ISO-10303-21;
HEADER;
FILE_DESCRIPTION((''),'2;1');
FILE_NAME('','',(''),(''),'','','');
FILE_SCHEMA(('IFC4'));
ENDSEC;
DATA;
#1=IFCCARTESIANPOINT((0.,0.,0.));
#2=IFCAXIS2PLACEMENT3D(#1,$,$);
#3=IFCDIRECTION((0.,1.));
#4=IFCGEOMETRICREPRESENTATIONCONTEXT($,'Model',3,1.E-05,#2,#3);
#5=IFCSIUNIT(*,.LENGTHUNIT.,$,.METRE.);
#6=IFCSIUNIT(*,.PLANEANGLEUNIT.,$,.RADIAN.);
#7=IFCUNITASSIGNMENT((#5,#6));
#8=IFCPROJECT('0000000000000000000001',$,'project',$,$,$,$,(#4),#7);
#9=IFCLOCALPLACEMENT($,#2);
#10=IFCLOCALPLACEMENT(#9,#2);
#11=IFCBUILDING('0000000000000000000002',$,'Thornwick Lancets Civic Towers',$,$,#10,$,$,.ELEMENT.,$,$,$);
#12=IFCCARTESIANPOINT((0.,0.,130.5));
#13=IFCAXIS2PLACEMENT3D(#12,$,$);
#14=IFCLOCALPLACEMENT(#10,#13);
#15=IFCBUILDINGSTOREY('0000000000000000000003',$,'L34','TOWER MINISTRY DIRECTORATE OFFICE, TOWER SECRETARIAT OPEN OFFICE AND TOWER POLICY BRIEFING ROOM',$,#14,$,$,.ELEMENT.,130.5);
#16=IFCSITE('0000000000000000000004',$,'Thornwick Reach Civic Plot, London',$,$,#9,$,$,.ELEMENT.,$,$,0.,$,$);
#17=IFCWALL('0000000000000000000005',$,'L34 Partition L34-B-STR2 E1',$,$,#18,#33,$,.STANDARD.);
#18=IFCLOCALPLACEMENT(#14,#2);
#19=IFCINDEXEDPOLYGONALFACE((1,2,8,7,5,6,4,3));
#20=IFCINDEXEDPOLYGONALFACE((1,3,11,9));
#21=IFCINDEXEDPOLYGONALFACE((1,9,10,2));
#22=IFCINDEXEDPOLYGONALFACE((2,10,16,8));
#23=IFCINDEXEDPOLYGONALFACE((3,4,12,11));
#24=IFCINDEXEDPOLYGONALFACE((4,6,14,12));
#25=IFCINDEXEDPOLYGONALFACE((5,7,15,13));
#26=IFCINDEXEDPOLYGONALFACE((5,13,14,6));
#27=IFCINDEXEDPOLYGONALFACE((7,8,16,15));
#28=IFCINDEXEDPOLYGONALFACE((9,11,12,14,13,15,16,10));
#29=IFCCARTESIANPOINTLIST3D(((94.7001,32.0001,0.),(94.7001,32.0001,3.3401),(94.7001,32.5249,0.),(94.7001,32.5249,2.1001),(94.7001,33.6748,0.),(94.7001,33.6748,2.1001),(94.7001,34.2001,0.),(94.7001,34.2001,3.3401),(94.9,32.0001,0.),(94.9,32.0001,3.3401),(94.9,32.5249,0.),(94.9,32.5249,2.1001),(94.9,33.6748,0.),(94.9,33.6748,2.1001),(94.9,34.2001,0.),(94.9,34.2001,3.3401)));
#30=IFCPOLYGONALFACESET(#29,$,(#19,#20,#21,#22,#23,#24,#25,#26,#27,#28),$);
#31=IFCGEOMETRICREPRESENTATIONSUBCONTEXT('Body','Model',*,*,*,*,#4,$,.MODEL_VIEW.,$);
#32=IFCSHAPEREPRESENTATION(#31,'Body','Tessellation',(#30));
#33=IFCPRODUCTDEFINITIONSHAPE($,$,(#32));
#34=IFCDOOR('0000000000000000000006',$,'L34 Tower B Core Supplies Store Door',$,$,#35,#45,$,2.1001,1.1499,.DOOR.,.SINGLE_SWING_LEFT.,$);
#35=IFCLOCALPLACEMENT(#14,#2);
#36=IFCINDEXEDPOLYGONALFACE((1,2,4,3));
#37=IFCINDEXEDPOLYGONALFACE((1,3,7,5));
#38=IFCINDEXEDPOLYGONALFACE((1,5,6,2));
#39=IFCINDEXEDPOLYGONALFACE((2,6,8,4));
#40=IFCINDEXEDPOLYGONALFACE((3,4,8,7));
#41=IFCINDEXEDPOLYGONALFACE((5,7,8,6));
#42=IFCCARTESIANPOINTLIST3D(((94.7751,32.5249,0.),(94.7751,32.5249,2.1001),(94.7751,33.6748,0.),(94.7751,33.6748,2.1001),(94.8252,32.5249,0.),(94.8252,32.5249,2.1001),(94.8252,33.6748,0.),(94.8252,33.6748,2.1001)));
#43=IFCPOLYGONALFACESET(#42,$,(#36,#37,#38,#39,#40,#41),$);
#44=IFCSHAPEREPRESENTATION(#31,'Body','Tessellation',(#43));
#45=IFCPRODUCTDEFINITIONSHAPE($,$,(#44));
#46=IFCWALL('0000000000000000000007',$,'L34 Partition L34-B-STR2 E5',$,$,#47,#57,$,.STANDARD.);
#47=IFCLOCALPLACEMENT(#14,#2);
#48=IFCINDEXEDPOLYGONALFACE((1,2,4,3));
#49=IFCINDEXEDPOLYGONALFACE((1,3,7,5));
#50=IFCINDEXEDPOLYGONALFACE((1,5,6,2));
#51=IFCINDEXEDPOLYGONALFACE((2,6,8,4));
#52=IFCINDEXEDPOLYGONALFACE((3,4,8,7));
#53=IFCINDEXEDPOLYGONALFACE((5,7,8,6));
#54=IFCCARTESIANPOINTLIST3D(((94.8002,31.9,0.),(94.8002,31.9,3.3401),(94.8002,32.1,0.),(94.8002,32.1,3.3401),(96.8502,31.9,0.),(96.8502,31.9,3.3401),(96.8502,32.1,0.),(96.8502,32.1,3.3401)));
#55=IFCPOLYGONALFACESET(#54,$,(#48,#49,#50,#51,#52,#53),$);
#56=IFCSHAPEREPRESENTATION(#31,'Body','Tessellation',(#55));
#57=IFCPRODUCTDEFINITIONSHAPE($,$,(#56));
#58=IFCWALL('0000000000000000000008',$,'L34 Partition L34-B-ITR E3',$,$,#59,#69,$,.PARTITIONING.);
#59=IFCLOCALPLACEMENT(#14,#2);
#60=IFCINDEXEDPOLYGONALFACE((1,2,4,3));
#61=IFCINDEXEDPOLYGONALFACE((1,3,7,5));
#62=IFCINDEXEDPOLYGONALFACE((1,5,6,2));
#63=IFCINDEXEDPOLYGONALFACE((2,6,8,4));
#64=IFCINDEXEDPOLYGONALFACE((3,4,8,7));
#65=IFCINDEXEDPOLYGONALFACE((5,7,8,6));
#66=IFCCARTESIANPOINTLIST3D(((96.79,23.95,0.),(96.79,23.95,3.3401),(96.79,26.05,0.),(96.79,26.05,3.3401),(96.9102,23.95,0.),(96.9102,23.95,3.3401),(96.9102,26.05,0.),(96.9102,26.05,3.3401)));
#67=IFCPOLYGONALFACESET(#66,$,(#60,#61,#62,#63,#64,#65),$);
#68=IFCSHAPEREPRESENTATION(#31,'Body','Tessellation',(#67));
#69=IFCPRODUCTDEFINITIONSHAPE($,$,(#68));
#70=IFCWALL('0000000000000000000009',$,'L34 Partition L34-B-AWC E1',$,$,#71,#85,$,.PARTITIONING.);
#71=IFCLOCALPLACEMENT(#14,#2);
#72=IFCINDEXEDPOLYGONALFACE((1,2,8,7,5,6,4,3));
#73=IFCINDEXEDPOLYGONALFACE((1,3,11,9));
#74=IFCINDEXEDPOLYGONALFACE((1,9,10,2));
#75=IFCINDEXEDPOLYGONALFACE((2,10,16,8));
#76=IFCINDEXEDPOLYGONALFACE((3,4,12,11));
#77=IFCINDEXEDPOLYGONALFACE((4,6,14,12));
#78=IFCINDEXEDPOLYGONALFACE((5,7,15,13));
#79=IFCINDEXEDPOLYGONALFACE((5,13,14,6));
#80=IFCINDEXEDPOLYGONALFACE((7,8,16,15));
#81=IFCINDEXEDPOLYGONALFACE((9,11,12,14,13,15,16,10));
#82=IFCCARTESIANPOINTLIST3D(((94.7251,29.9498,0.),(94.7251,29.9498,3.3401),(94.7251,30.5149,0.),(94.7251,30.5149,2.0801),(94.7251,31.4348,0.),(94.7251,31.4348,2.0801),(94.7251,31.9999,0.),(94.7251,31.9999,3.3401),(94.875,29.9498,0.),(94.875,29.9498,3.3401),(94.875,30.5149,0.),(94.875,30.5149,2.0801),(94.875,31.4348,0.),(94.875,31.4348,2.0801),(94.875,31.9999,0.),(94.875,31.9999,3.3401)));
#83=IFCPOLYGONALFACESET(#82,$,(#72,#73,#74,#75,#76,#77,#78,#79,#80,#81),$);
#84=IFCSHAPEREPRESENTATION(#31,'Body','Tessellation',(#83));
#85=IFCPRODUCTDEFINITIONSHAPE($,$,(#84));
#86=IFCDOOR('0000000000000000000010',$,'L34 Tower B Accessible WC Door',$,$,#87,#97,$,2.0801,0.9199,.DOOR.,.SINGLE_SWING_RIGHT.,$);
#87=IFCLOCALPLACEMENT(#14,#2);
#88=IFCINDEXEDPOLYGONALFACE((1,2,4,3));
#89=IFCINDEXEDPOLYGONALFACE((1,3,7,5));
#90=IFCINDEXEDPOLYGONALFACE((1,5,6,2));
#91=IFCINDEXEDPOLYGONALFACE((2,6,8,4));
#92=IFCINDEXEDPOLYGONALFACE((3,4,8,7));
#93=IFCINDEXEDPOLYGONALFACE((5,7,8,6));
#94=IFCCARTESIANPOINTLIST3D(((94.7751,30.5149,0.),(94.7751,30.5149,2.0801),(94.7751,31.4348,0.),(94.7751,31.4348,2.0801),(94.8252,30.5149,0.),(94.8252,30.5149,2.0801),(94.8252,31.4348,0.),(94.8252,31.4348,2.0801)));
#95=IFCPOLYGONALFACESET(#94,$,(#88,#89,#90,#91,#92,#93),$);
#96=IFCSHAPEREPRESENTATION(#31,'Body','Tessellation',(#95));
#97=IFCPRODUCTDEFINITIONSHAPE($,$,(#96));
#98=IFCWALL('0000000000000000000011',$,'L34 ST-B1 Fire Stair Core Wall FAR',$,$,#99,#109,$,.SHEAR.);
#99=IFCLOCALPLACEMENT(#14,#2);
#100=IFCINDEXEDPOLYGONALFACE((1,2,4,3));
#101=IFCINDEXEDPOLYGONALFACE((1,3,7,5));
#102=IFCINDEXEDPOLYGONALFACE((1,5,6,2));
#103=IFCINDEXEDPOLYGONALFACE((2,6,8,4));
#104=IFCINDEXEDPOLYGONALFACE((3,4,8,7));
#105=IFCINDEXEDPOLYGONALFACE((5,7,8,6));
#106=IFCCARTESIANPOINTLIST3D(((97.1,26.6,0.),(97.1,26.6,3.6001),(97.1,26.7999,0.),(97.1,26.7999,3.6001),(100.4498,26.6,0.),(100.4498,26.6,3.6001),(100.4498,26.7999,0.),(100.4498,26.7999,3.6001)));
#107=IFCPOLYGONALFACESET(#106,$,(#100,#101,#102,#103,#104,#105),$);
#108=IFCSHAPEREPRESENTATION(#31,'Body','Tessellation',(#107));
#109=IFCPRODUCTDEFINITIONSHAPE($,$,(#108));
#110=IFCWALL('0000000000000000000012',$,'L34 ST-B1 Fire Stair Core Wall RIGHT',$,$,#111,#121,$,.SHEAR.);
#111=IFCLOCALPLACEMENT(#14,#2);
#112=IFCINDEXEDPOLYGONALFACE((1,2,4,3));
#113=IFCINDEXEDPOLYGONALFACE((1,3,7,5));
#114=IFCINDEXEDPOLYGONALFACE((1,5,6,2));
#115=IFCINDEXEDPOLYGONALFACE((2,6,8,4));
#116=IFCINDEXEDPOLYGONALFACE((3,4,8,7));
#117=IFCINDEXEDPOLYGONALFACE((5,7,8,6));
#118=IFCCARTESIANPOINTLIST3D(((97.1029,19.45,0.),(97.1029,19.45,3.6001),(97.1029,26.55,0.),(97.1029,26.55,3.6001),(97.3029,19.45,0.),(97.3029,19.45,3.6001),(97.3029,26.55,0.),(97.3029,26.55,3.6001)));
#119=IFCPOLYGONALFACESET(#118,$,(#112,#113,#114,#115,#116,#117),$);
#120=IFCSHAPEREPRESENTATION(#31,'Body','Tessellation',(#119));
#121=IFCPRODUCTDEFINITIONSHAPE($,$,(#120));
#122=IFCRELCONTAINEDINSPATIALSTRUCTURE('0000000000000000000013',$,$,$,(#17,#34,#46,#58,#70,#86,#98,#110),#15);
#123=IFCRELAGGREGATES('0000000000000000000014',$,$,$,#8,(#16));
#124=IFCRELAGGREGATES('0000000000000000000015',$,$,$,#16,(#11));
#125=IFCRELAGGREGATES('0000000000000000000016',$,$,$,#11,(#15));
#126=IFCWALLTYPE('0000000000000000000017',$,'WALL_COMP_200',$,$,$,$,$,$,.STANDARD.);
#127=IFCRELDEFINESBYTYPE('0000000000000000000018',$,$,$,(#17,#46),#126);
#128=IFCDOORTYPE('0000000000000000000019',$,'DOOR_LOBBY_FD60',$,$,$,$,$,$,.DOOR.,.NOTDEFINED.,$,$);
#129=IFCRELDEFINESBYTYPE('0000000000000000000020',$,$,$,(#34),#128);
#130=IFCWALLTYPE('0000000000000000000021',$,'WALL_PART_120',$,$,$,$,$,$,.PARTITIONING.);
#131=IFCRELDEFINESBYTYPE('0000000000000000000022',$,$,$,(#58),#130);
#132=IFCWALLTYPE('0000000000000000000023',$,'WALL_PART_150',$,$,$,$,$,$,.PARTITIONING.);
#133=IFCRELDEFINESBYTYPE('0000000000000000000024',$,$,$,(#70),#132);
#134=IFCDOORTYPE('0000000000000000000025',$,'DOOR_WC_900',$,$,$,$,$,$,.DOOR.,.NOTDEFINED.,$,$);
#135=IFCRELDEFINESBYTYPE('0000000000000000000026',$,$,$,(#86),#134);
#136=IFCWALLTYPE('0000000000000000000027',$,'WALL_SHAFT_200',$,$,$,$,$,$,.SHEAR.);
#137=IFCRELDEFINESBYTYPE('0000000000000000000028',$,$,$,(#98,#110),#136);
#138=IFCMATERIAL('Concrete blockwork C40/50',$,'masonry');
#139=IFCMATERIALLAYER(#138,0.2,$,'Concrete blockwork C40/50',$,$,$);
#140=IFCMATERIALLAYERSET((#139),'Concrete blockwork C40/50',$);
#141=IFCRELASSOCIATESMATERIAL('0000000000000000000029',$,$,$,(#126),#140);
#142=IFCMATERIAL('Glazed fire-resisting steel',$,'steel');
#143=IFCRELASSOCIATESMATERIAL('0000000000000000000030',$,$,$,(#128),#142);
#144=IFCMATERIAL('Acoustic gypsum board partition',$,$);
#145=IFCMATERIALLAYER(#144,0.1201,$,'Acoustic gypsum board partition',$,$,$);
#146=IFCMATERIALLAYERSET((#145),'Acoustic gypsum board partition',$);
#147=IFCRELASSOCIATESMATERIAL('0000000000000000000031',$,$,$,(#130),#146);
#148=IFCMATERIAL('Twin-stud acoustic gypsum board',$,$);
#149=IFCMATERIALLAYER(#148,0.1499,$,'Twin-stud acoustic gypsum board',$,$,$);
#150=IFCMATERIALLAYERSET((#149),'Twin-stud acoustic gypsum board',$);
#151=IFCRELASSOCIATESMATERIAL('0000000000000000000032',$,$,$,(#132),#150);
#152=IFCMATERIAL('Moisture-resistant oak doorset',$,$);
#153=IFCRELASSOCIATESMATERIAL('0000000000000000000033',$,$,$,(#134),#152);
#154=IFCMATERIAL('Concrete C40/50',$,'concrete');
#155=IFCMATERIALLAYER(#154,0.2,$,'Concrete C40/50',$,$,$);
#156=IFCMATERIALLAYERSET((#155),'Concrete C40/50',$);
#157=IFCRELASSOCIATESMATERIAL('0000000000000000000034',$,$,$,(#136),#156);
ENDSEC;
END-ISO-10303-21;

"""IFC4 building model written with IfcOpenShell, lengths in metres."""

from ifc_helpers import new_model, si_unit, direction, frame, frame_2d, origin, place, context, subcontext, project, spatial, rectangle, extrude, material, layer, layer_set, type_object, element, fill, save


model = new_model("IFC4")

# Units and contexts
model_context = context("Model", 3, precision=1e-05, world=origin(), true_north=direction((0.0, 1.0)))
body_context = subcontext(model_context, "Body", "Model", "MODEL_VIEW")
ifc_project = project(units=[si_unit("LENGTHUNIT", "METRE"), si_unit("PLANEANGLEUNIT", "RADIAN")], contexts=[model_context])

# Site, building, storey
site_placement = place(None, origin())
site = spatial("IfcSite", under=ifc_project, at=site_placement, Name="Thornwick Reach Civic Plot, London", CompositionType="ELEMENT", RefElevation=0.0)
building_placement = place(site_placement, origin())
building = spatial("IfcBuilding", under=site, at=building_placement, Name="Thornwick Lancets Civic Towers", CompositionType="ELEMENT")
storey_placement = place(building_placement, frame((0.0, 0.0, 130.5)))
storey = spatial("IfcBuildingStorey", under=building, at=storey_placement, Name="L34", Description="TOWER MINISTRY DIRECTORATE OFFICE, TOWER SECRETARIAT OPEN OFFICE AND TOWER POLICY BRIEFING ROOM", CompositionType="ELEMENT", Elevation=130.5)

# Shared definitions
ifc_material_1 = material(Name="Concrete blockwork C40/50", Category="masonry")
ifc_layer_1 = layer(ifc_material_1, 0.2, Name="Concrete blockwork C40/50")
ifc_layer_set_1 = layer_set([ifc_layer_1], Name="Concrete blockwork C40/50")
wall_type_1 = type_object("IfcWallType", Name="WALL_COMP_200", PredefinedType="STANDARD", material=ifc_layer_set_1)

# Wall, opening, door
wall_1_placement = place(storey_placement, frame((94.8, 32.0, 0.0), z_axis=(0.0, 0.0, 1.0), x_axis=(0.0, 1.0, 0.0)))
wall_1 = element("IfcWall", 1, at=wall_1_placement, inside=storey, type_object=wall_type_1, Name="L34 Partition L34-B-STR2 E1", PredefinedType="STANDARD", context=body_context, shape_type="SweptSolid", body=[
    extrude(rectangle(XDim=2.2, YDim=0.2, at=frame_2d((1.1001, 0.0))), origin(), (0.0, 0.0, 1.0), 3.3401),
])
opening_1_placement = place(wall_1_placement, frame((0.5249, 0.0, 0.0)))
opening_1 = element("IfcOpeningElement", 2, at=opening_1_placement, cuts=wall_1, PredefinedType="OPENING", context=body_context, shape_type="SweptSolid", body=[
    extrude(rectangle(XDim=1.1499, YDim=2.1001, at=frame_2d((0.575, 1.05))), frame((0.0, 0.1099, 0.0), z_axis=(0.0, -1.0, 0.0), x_axis=(1.0, 0.0, 0.0)), (0.0, 0.0, 1.0), 0.22),
])
ifc_material_2 = material(Name="Glazed fire-resisting steel", Category="steel")
door_type_1 = type_object("IfcDoorType", Name="DOOR_LOBBY_FD60", OperationType="NOTDEFINED", PredefinedType="DOOR", material=ifc_material_2)
door_1_placement = place(opening_1_placement, origin())
door_1 = element("IfcDoor", 3, at=door_1_placement, inside=storey, type_object=door_type_1, Name="L34 Tower B Core Supplies Store Door", OperationType="SINGLE_SWING_LEFT", OverallHeight=2.1001, OverallWidth=1.1499, PredefinedType="DOOR", context=body_context, shape_type="SweptSolid", body=[
    extrude(rectangle(XDim=1.1499, YDim=2.1001, at=frame_2d((0.575, 1.05))), frame((0.0, 0.0249, 0.0), z_axis=(0.0, -1.0, 0.0), x_axis=(1.0, 0.0, 0.0)), (0.0, 0.0, 1.0), 0.05),
])
fill(opening_1, door_1)

# Walls
wall_2_placement = place(storey_placement, frame((96.8501, 32.0, 0.0), z_axis=(0.0, 0.0, 1.0), x_axis=(-1.0, 0.0, 0.0)))
element("IfcWall", 4, at=wall_2_placement, inside=storey, type_object=wall_type_1, Name="L34 Partition L34-B-STR2 E5", PredefinedType="STANDARD", context=body_context, shape_type="SweptSolid", body=[
    extrude(rectangle(XDim=2.05, YDim=0.2, at=frame_2d((1.0249, 0.0))), origin(), (0.0, 0.0, 1.0), 3.3401),
])
ifc_material_3 = material(Name="Acoustic gypsum board partition")
ifc_layer_2 = layer(ifc_material_3, 0.1201, Name="Acoustic gypsum board partition")
ifc_layer_set_2 = layer_set([ifc_layer_2], Name="Acoustic gypsum board partition")
wall_type_2 = type_object("IfcWallType", Name="WALL_PART_120", PredefinedType="PARTITIONING", material=ifc_layer_set_2)
wall_3_placement = place(storey_placement, frame((96.8501, 26.05, 0.0), z_axis=(0.0, 0.0, 1.0), x_axis=(0.0, -1.0, 0.0)))
element("IfcWall", 5, at=wall_3_placement, inside=storey, type_object=wall_type_2, Name="L34 Partition L34-B-ITR E3", PredefinedType="PARTITIONING", context=body_context, shape_type="SweptSolid", body=[
    extrude(rectangle(XDim=2.1001, YDim=0.1201, at=frame_2d((1.05, 0.0))), origin(), (0.0, 0.0, 1.0), 3.3401),
])

# Wall, opening, door
ifc_material_4 = material(Name="Twin-stud acoustic gypsum board")
ifc_layer_3 = layer(ifc_material_4, 0.1499, Name="Twin-stud acoustic gypsum board")
ifc_layer_set_3 = layer_set([ifc_layer_3], Name="Twin-stud acoustic gypsum board")
wall_type_3 = type_object("IfcWallType", Name="WALL_PART_150", PredefinedType="PARTITIONING", material=ifc_layer_set_3)
wall_4_placement = place(storey_placement, frame((94.8, 29.95, 0.0), z_axis=(0.0, 0.0, 1.0), x_axis=(0.0, 1.0, 0.0)))
wall_4 = element("IfcWall", 6, at=wall_4_placement, inside=storey, type_object=wall_type_3, Name="L34 Partition L34-B-AWC E1", PredefinedType="PARTITIONING", context=body_context, shape_type="SweptSolid", body=[
    extrude(rectangle(XDim=2.05, YDim=0.1499, at=frame_2d((1.0249, 0.0))), origin(), (0.0, 0.0, 1.0), 3.3401),
])
opening_2_placement = place(wall_4_placement, frame((0.5649, 0.0, 0.0)))
opening_2 = element("IfcOpeningElement", 7, at=opening_2_placement, cuts=wall_4, PredefinedType="OPENING", context=body_context, shape_type="SweptSolid", body=[
    extrude(rectangle(XDim=0.9199, YDim=2.0801, at=frame_2d((0.46, 1.04))), frame((0.0, 0.085, 0.0), z_axis=(0.0, -1.0, 0.0), x_axis=(1.0, 0.0, 0.0)), (0.0, 0.0, 1.0), 0.1699),
])
ifc_material_5 = material(Name="Moisture-resistant oak doorset")
door_type_2 = type_object("IfcDoorType", Name="DOOR_WC_900", OperationType="NOTDEFINED", PredefinedType="DOOR", material=ifc_material_5)
door_2_placement = place(opening_2_placement, origin())
door_2 = element("IfcDoor", 8, at=door_2_placement, inside=storey, type_object=door_type_2, Name="L34 Tower B Accessible WC Door", OperationType="SINGLE_SWING_RIGHT", OverallHeight=2.0801, OverallWidth=0.9199, PredefinedType="DOOR", context=body_context, shape_type="SweptSolid", body=[
    extrude(rectangle(XDim=0.9199, YDim=2.0801, at=frame_2d((0.46, 1.04))), frame((0.0, 0.0249, 0.0), z_axis=(0.0, -1.0, 0.0), x_axis=(1.0, 0.0, 0.0)), (0.0, 0.0, 1.0), 0.05),
])
fill(opening_2, door_2)

# Walls
ifc_material_6 = material(Name="Concrete C40/50", Category="concrete")
ifc_layer_4 = layer(ifc_material_6, 0.2, Name="Concrete C40/50")
ifc_layer_set_4 = layer_set([ifc_layer_4], Name="Concrete C40/50")
wall_type_4 = type_object("IfcWallType", Name="WALL_SHAFT_200", PredefinedType="SHEAR", material=ifc_layer_set_4)
wall_5_placement = place(storey_placement, frame((97.1001, 26.7, 0.0), z_axis=(0.0, 0.0, 1.0), x_axis=(1.0, 0.0, 0.0)))
element("IfcWall", 9, at=wall_5_placement, inside=storey, type_object=wall_type_4, Name="L34 ST-B1 Fire Stair Core Wall FAR", PredefinedType="SHEAR", context=body_context, shape_type="SweptSolid", body=[
    extrude(rectangle(XDim=3.3499, YDim=0.2, at=frame_2d((1.6748, 0.0))), origin(), (0.0, 0.0, 1.0), 3.6001),
])
wall_6_placement = place(storey_placement, frame((97.2029, 26.55, 0.0), z_axis=(0.0, 0.0, 1.0), x_axis=(0.0, -1.0, 0.0)))
element("IfcWall", 10, at=wall_6_placement, inside=storey, type_object=wall_type_4, Name="L34 ST-B1 Fire Stair Core Wall RIGHT", PredefinedType="SHEAR", context=body_context, shape_type="SweptSolid", body=[
    extrude(rectangle(XDim=7.1001, YDim=0.2, at=frame_2d((3.55, 0.0))), origin(), (0.0, 0.0, 1.0), 3.6001),
])

save(model, "model.ifc")
